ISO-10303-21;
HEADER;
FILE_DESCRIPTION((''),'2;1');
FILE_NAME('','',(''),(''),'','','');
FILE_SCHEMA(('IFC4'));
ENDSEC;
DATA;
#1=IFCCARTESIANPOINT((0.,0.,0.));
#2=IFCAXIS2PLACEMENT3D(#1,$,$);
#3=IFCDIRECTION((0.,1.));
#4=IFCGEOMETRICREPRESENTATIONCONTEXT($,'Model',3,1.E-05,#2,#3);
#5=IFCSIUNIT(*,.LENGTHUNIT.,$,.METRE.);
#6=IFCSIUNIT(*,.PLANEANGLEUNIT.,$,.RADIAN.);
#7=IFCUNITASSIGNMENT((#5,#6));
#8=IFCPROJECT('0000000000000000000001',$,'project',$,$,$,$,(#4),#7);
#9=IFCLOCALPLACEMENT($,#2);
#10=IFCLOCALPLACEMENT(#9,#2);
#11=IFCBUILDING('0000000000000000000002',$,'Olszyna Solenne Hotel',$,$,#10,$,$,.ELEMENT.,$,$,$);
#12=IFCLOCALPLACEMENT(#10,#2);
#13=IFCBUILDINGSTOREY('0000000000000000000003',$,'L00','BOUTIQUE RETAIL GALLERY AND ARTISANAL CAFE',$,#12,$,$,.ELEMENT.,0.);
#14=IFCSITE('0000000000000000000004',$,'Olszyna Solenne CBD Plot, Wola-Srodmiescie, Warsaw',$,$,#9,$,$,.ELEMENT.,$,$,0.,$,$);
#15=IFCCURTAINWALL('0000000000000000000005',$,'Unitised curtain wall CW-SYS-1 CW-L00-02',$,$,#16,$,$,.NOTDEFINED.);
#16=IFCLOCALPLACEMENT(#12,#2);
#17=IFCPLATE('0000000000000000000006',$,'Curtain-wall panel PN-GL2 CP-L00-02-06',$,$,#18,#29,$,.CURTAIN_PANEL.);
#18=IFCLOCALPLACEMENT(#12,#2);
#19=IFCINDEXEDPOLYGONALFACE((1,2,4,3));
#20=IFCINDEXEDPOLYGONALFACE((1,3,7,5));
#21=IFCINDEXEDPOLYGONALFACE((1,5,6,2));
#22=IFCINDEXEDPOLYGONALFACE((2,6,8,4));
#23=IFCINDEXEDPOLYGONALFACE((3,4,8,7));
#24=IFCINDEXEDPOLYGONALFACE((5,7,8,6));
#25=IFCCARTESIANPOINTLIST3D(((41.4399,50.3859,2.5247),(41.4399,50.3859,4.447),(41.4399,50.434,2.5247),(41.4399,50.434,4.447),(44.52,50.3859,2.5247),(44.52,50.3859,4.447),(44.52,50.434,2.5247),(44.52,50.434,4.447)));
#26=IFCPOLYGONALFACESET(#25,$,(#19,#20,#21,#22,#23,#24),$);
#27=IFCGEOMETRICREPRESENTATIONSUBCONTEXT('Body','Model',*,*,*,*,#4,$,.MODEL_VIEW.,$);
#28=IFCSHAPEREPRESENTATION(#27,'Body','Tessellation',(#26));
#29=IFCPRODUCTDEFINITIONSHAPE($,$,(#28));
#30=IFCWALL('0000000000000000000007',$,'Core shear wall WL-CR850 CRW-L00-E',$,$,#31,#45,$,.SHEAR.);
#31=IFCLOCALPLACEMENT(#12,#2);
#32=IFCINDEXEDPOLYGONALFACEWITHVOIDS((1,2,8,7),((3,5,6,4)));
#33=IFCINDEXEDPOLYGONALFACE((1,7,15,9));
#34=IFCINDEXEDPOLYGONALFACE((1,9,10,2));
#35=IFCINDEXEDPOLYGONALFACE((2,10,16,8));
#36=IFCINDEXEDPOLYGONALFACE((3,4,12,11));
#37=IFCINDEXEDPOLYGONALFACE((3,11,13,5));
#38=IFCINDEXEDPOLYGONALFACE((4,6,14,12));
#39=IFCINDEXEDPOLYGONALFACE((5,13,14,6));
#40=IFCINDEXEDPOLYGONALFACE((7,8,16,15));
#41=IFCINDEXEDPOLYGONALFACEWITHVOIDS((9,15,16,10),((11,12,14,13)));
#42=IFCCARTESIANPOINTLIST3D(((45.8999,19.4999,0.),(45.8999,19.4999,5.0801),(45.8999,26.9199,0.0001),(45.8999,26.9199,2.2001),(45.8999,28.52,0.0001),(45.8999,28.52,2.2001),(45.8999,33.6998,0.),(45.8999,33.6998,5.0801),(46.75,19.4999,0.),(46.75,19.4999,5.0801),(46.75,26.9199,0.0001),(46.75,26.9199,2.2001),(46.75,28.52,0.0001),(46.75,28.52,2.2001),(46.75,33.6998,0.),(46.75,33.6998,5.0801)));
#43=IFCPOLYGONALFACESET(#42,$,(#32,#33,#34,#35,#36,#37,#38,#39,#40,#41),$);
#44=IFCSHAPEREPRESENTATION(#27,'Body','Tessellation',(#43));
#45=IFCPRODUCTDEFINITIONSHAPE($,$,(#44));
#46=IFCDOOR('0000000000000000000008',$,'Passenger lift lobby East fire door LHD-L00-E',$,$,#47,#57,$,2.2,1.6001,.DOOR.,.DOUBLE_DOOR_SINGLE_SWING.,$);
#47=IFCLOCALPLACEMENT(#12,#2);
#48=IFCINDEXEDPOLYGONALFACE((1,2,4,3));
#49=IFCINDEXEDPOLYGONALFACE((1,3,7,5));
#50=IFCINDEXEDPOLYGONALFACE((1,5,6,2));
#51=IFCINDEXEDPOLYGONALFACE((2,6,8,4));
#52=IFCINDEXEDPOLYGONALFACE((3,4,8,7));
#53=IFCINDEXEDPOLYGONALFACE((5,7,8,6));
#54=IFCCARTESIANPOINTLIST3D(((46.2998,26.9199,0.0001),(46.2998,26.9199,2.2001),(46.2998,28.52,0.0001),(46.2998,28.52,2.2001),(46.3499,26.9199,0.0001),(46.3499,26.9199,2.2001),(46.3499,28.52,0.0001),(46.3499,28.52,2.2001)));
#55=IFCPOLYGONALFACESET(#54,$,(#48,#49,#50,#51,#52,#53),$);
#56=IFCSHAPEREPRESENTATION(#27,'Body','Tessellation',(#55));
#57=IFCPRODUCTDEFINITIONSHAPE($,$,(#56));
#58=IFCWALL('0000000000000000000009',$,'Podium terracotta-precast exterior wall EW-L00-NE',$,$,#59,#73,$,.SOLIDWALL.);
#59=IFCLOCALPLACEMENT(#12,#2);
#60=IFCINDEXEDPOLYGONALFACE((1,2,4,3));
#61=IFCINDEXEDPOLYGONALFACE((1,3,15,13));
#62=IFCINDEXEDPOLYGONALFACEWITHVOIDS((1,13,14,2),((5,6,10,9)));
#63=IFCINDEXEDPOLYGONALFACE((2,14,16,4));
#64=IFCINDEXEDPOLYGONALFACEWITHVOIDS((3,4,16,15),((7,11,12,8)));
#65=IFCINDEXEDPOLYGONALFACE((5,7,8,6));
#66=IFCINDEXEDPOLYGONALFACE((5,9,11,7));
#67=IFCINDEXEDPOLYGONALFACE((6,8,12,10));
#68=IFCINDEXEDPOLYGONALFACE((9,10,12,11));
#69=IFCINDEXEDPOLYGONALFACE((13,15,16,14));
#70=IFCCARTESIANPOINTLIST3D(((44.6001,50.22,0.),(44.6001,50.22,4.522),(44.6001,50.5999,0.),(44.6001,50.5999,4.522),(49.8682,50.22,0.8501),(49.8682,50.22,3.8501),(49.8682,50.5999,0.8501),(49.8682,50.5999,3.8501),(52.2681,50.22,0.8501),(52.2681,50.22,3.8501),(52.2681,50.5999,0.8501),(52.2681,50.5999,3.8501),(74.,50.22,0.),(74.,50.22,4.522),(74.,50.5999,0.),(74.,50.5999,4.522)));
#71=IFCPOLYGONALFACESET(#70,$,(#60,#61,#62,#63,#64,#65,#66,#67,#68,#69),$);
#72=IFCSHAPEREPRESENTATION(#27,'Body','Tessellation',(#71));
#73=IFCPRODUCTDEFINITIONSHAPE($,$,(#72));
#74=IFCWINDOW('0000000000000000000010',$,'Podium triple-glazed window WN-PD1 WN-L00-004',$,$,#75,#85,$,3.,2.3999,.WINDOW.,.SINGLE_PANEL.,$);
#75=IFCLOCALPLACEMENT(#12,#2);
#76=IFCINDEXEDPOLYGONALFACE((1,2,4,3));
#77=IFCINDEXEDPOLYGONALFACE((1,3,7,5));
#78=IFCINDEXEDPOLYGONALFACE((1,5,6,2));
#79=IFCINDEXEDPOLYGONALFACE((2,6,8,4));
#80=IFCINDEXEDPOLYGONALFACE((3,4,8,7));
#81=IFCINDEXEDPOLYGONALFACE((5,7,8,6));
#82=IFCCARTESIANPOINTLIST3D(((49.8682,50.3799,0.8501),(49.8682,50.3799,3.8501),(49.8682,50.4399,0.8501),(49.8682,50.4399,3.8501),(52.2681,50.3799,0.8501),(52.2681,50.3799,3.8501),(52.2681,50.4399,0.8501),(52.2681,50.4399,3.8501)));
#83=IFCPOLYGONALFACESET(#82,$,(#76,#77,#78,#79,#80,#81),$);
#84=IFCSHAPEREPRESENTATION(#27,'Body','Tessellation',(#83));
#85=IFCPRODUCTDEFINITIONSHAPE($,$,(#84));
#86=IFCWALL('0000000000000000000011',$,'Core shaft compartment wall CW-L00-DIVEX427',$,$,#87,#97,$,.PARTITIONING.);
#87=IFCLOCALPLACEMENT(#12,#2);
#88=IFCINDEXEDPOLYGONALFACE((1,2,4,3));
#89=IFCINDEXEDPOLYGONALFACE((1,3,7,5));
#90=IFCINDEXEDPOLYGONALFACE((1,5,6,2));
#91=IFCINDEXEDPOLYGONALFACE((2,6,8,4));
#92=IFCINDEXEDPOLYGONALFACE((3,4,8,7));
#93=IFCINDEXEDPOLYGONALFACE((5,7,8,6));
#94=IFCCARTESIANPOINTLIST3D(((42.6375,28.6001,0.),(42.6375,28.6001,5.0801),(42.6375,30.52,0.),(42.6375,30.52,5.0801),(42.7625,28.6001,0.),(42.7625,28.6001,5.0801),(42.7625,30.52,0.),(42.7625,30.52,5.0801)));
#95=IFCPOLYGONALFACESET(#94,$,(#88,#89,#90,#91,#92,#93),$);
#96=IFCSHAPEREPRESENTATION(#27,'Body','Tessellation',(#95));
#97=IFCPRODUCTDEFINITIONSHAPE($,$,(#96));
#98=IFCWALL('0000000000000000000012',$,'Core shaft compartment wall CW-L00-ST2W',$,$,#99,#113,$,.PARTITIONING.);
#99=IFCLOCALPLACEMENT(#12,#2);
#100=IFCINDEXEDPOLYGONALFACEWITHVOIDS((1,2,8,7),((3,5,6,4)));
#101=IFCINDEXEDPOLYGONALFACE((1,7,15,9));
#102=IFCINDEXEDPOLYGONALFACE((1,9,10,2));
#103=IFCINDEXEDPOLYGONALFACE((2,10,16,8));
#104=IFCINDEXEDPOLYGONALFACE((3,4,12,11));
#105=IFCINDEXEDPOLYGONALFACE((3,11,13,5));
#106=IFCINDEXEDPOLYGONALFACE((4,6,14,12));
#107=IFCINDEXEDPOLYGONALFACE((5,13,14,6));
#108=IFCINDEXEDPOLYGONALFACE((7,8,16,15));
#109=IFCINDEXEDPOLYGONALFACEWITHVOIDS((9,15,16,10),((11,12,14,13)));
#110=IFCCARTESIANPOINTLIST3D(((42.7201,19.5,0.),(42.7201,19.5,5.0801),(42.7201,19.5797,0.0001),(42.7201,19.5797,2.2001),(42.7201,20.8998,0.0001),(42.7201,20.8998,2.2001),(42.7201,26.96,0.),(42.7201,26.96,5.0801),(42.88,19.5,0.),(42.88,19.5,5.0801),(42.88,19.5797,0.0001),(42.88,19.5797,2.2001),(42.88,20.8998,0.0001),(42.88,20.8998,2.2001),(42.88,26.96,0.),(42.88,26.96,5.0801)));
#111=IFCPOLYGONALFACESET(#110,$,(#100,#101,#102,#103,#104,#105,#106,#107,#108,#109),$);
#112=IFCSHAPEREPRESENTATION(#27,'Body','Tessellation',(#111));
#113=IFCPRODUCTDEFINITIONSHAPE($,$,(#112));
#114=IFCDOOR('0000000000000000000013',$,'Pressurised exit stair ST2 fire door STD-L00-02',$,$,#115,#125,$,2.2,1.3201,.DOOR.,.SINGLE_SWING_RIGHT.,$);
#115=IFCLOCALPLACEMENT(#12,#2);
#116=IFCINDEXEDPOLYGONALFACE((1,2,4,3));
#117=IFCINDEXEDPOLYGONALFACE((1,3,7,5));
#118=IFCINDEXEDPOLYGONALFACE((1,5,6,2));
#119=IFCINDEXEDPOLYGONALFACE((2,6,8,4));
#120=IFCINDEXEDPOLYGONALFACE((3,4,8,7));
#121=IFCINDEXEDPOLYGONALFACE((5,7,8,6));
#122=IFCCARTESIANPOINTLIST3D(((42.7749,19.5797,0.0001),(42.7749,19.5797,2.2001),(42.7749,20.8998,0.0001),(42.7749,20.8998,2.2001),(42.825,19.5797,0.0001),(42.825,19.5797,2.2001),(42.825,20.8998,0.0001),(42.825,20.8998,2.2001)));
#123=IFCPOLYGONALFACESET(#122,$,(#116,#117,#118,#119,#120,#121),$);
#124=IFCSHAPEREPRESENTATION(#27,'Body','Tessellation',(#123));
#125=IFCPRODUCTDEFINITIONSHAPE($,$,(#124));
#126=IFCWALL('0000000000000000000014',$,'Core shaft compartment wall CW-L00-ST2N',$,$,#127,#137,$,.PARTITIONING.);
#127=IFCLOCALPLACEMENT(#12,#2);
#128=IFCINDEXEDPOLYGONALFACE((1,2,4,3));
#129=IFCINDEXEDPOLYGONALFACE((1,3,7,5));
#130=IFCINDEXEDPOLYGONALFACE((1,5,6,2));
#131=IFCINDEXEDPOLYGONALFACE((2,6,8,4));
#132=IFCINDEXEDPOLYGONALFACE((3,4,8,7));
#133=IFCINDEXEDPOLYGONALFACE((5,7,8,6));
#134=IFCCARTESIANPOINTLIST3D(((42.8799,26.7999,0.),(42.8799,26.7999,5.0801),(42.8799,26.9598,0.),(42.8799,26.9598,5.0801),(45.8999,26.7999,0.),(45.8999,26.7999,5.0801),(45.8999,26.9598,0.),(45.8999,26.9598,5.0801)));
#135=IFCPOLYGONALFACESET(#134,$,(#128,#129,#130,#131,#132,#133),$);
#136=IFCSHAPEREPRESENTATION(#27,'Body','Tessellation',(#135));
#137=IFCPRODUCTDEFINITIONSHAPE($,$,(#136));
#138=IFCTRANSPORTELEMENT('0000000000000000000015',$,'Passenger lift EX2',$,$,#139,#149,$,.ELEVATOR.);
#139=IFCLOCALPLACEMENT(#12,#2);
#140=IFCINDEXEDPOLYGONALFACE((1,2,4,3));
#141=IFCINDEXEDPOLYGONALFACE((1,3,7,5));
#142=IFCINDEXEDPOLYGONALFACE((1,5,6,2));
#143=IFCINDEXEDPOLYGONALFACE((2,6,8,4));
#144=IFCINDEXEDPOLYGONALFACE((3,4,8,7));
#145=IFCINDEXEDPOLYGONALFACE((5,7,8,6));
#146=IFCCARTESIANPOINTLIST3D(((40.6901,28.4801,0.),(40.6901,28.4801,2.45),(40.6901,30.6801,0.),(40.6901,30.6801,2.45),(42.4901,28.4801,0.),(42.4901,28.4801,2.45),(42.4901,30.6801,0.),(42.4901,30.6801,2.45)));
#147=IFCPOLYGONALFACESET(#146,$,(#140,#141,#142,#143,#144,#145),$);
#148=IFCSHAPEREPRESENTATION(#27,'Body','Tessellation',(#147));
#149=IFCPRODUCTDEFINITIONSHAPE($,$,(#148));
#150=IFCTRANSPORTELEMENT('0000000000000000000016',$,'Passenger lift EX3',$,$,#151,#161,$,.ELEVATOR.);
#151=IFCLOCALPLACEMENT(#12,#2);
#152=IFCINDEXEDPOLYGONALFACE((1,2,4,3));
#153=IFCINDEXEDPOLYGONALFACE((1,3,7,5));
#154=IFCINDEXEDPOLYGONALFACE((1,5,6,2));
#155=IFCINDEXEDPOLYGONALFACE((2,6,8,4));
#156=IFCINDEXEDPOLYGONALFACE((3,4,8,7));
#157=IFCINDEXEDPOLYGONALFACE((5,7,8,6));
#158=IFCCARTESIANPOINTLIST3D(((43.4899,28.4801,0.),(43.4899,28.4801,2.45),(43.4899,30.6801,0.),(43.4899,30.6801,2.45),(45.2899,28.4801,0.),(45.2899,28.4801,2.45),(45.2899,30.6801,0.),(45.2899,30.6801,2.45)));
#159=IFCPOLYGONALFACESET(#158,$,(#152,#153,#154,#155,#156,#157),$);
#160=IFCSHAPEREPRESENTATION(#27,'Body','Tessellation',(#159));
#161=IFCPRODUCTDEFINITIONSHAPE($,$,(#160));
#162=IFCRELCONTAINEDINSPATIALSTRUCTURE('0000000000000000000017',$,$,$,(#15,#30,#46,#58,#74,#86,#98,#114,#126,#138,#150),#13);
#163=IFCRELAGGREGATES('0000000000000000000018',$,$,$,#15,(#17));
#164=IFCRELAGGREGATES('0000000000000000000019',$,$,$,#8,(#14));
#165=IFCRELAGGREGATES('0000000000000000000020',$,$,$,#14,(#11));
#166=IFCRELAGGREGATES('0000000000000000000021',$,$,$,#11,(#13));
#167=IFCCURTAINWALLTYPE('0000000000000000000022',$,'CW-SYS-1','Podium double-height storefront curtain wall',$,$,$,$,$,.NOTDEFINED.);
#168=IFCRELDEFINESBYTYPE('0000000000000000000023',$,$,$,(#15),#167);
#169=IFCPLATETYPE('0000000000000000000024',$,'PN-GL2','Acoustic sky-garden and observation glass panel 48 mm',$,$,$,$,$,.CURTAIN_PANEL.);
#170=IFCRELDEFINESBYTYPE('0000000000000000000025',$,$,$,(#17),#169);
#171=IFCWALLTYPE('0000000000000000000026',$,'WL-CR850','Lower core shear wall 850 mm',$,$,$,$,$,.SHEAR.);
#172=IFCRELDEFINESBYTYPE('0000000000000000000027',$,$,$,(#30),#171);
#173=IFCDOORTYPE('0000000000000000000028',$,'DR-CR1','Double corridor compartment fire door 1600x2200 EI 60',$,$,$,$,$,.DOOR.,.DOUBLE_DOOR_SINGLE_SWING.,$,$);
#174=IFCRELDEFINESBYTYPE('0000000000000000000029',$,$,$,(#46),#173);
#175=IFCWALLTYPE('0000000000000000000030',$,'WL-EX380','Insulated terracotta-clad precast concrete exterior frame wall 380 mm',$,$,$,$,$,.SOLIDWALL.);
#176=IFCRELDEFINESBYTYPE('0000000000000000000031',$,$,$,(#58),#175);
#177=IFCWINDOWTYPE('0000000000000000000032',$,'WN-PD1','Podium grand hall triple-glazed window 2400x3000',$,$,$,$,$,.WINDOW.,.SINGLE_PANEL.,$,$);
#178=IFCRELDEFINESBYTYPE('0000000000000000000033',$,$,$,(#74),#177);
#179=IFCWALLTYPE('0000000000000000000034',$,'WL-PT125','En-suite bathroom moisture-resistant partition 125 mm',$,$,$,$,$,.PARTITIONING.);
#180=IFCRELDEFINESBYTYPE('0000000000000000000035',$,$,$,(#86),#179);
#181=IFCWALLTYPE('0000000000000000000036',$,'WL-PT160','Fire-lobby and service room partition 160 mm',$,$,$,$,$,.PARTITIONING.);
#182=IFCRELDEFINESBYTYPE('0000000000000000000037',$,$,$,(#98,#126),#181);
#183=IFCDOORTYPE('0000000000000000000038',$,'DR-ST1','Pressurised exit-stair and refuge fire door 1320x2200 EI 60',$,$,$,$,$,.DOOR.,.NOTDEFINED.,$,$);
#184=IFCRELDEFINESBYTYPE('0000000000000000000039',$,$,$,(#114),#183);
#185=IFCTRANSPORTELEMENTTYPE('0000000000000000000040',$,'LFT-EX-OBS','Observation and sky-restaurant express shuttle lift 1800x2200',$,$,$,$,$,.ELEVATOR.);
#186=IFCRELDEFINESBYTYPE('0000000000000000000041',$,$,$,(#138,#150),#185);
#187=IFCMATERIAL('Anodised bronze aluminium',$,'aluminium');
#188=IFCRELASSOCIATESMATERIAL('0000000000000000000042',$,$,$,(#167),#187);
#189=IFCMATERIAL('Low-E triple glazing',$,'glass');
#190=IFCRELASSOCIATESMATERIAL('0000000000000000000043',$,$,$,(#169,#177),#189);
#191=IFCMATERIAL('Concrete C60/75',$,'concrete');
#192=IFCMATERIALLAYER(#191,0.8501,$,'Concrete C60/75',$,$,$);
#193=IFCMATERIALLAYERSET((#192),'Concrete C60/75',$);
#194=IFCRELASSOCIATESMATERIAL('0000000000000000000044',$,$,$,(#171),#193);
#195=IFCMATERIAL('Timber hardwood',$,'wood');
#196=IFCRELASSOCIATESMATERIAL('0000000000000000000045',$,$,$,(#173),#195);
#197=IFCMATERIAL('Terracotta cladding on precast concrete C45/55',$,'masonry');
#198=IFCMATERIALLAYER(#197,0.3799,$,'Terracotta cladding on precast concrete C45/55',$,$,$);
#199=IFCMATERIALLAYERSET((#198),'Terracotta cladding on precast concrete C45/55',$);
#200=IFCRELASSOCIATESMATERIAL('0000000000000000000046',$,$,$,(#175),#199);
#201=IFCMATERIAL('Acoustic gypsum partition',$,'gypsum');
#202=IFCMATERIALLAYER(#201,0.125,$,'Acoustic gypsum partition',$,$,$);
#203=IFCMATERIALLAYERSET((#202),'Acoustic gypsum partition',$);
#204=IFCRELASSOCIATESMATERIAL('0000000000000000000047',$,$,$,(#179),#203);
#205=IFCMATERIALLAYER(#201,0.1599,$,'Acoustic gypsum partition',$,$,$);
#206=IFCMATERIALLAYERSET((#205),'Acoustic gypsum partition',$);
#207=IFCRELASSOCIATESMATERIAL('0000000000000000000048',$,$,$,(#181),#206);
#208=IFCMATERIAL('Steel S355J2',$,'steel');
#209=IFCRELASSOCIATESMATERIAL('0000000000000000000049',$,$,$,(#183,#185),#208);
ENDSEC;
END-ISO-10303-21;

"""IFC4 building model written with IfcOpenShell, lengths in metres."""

from ifc_helpers import new_model, si_unit, direction, frame, frame_2d, origin, origin_2d, place, context, subcontext, project, spatial, rectangle, extrude, source, transform, mapped, material, layer, layer_set, type_object, type_shapes, element, fill, aggregate, save


model = new_model("IFC4")

# Units and contexts
model_context = context("Model", 3, precision=1e-05, world=origin(), true_north=direction((0.0, 1.0)))
body_context = subcontext(model_context, "Body", "Model", "MODEL_VIEW")
ifc_project = project(units=[si_unit("LENGTHUNIT", "METRE"), si_unit("PLANEANGLEUNIT", "RADIAN")], contexts=[model_context])

# Site, building, storey
site_placement = place(None, origin())
site = spatial("IfcSite", under=ifc_project, at=site_placement, Name="Olszyna Solenne CBD Plot, Wola-Srodmiescie, Warsaw", CompositionType="ELEMENT", RefElevation=0.0)
building_placement = place(site_placement, origin())
building = spatial("IfcBuilding", under=site, at=building_placement, Name="Olszyna Solenne Hotel", CompositionType="ELEMENT")
storey_placement = place(building_placement, origin())
storey = spatial("IfcBuildingStorey", under=building, at=storey_placement, Name="L00", Description="BOUTIQUE RETAIL GALLERY AND ARTISANAL CAFE", CompositionType="ELEMENT", Elevation=0.0)

# Shared definitions
ifc_material_1 = material(Name="Steel S355J2", Category="steel")

# Curtain wall, plate
ifc_material_2 = material(Name="Anodised bronze aluminium", Category="aluminium")
curtain_wall_type = type_object("IfcCurtainWallType", Name="CW-SYS-1", Description="Podium double-height storefront curtain wall", PredefinedType="NOTDEFINED", material=ifc_material_2)
curtain_wall_placement = place(storey_placement, origin())
curtain_wall = element("IfcCurtainWall", 1, at=curtain_wall_placement, inside=storey, type_object=curtain_wall_type, Name="Unitised curtain wall CW-SYS-1 CW-L00-02", PredefinedType="NOTDEFINED")
ifc_material_3 = material(Name="Low-E triple glazing", Category="glass")
plate_type_1 = type_object("IfcPlateType", Name="PN-GL2", Description="Acoustic sky-garden and observation glass panel 48 mm", PredefinedType="CURTAIN_PANEL", material=ifc_material_3)
shared_shape_1 = source(origin(), body_context, "Body", "SweptSolid", [
    extrude(rectangle(XDim=3.0801, YDim=0.0481, at=origin_2d()), origin(), (0.0, 0.0, 1.0), 1.9224),
])
plate_1_placement = place(storey_placement, frame((42.98, 50.4099, 2.5247), z_axis=(0.0, 0.0, 1.0), x_axis=(1.0, 0.0, 0.0)))
plate_1 = element("IfcPlate", 2, at=plate_1_placement, type_object=plate_type_1, Name="Curtain-wall panel PN-GL2 CP-L00-02-06", PredefinedType="CURTAIN_PANEL", context=body_context, shape_type="MappedRepresentation", body=[
    mapped(shared_shape_1, transform((0.0, 0.0, 0.0), x_axis=(1.0, 0.0, 0.0), y_axis=(0.0, 1.0, 0.0), z_axis=(0.0, 0.0, 1.0), scale=1.0)),
])
aggregate(curtain_wall, [plate_1])

# Wall, opening, door
ifc_material_4 = material(Name="Concrete C60/75", Category="concrete")
ifc_layer_1 = layer(ifc_material_4, 0.8501, Name="Concrete C60/75")
ifc_layer_set_1 = layer_set([ifc_layer_1], Name="Concrete C60/75")
wall_type_1 = type_object("IfcWallType", Name="WL-CR850", Description="Lower core shear wall 850 mm", PredefinedType="SHEAR", material=ifc_layer_set_1)
wall_1_placement = place(storey_placement, frame((46.325, 33.7, 0.0), z_axis=(0.0, 0.0, 1.0), x_axis=(0.0, -1.0, 0.0)))
wall_1 = element("IfcWall", 3, at=wall_1_placement, inside=storey, type_object=wall_type_1, Name="Core shear wall WL-CR850 CRW-L00-E", PredefinedType="SHEAR", context=body_context, shape_type="SweptSolid", body=[
    extrude(rectangle(XDim=14.2, YDim=0.8501, at=frame_2d((7.1001, 0.0))), origin(), (0.0, 0.0, 1.0), 5.0801),
])
opening_1_placement = place(wall_1_placement, frame((5.1799, 0.0, 0.0)))
opening_1 = element("IfcOpeningElement", 4, at=opening_1_placement, cuts=wall_1, PredefinedType="OPENING", context=body_context, shape_type="SweptSolid", body=[
    extrude(rectangle(XDim=1.6001, YDim=2.2, at=frame_2d((0.8, 1.1001))), frame((0.0, 0.4351, 0.0), z_axis=(0.0, -1.0, 0.0), x_axis=(1.0, 0.0, 0.0)), (0.0, 0.0, 1.0), 0.8701),
])
ifc_material_5 = material(Name="Timber hardwood", Category="wood")
door_type_1 = type_object("IfcDoorType", Name="DR-CR1", Description="Double corridor compartment fire door 1600x2200 EI 60", OperationType="DOUBLE_DOOR_SINGLE_SWING", PredefinedType="DOOR", material=ifc_material_5)
shared_shape_2 = source(origin(), body_context, "Body", "SweptSolid", [
    extrude(rectangle(XDim=1.6001, YDim=2.2, at=frame_2d((0.8, 1.1001))), frame((0.0, 0.0249, 0.0), z_axis=(0.0, -1.0, 0.0), x_axis=(1.0, 0.0, 0.0)), (0.0, 0.0, 1.0), 0.05),
])
type_shapes(door_type_1, [shared_shape_2])
door_1_placement = place(opening_1_placement, origin())
door_1 = element("IfcDoor", 5, at=door_1_placement, inside=storey, type_object=door_type_1, Name="Passenger lift lobby East fire door LHD-L00-E", OperationType="DOUBLE_DOOR_SINGLE_SWING", OverallHeight=2.2, OverallWidth=1.6001, PredefinedType="DOOR", context=body_context, shape_type="MappedRepresentation", body=[
    mapped(shared_shape_2, transform((0.0, 0.0, 0.0), x_axis=(1.0, 0.0, 0.0), y_axis=(0.0, 1.0, 0.0), z_axis=(0.0, 0.0, 1.0), scale=1.0)),
])
fill(opening_1, door_1)

# Wall, opening, window
ifc_material_6 = material(Name="Terracotta cladding on precast concrete C45/55", Category="masonry")
ifc_layer_2 = layer(ifc_material_6, 0.3799, Name="Terracotta cladding on precast concrete C45/55")
ifc_layer_set_2 = layer_set([ifc_layer_2], Name="Terracotta cladding on precast concrete C45/55")
wall_type_2 = type_object("IfcWallType", Name="WL-EX380", Description="Insulated terracotta-clad precast concrete exterior frame wall 380 mm", PredefinedType="SOLIDWALL", material=ifc_layer_set_2)
wall_2_placement = place(storey_placement, frame((44.6001, 50.4099, 0.0), z_axis=(0.0, 0.0, 1.0), x_axis=(1.0, 0.0, 0.0)))
wall_2 = element("IfcWall", 6, at=wall_2_placement, inside=storey, type_object=wall_type_2, Name="Podium terracotta-precast exterior wall EW-L00-NE", PredefinedType="SOLIDWALL", context=body_context, shape_type="SweptSolid", body=[
    extrude(rectangle(XDim=29.3999, YDim=0.3799, at=frame_2d((14.7, 0.0))), origin(), (0.0, 0.0, 1.0), 4.522),
])
opening_2_placement = place(wall_2_placement, frame((5.2681, 0.0, 0.8501)))
opening_2 = element("IfcOpeningElement", 7, at=opening_2_placement, cuts=wall_2, PredefinedType="OPENING", context=body_context, shape_type="SweptSolid", body=[
    extrude(rectangle(XDim=2.3999, YDim=3.0, at=frame_2d((1.2, 1.5))), frame((0.0, 0.2, 0.0), z_axis=(0.0, -1.0, 0.0), x_axis=(1.0, 0.0, 0.0)), (0.0, 0.0, 1.0), 0.3999),
])
window_type = type_object("IfcWindowType", Name="WN-PD1", Description="Podium grand hall triple-glazed window 2400x3000", PartitioningType="SINGLE_PANEL", PredefinedType="WINDOW", material=ifc_material_3)
shared_shape_3 = source(origin(), body_context, "Body", "SweptSolid", [
    extrude(rectangle(XDim=2.3999, YDim=3.0, at=frame_2d((1.2, 1.5))), frame((0.0, 0.03, 0.0), z_axis=(0.0, -1.0, 0.0), x_axis=(1.0, 0.0, 0.0)), (0.0, 0.0, 1.0), 0.0601),
])
type_shapes(window_type, [shared_shape_3])
window_placement = place(opening_2_placement, origin())
window = element("IfcWindow", 8, at=window_placement, inside=storey, type_object=window_type, Name="Podium triple-glazed window WN-PD1 WN-L00-004", OverallHeight=3.0, OverallWidth=2.3999, PartitioningType="SINGLE_PANEL", PredefinedType="WINDOW", context=body_context, shape_type="MappedRepresentation", body=[
    mapped(shared_shape_3, transform((0.0, 0.0, 0.0), x_axis=(1.0, 0.0, 0.0), y_axis=(0.0, 1.0, 0.0), z_axis=(0.0, 0.0, 1.0), scale=1.0)),
])
fill(opening_2, window)

# Wall
ifc_material_7 = material(Name="Acoustic gypsum partition", Category="gypsum")
ifc_layer_3 = layer(ifc_material_7, 0.125, Name="Acoustic gypsum partition")
ifc_layer_set_3 = layer_set([ifc_layer_3], Name="Acoustic gypsum partition")
wall_type_3 = type_object("IfcWallType", Name="WL-PT125", Description="En-suite bathroom moisture-resistant partition 125 mm", PredefinedType="PARTITIONING", material=ifc_layer_set_3)
wall_3_placement = place(storey_placement, frame((42.7, 28.6001, 0.0), z_axis=(0.0, 0.0, 1.0), x_axis=(0.0, 1.0, 0.0)))
element("IfcWall", 9, at=wall_3_placement, inside=storey, type_object=wall_type_3, Name="Core shaft compartment wall CW-L00-DIVEX427", PredefinedType="PARTITIONING", context=body_context, shape_type="SweptSolid", body=[
    extrude(rectangle(XDim=1.9199, YDim=0.125, at=frame_2d((0.96, 0.0))), origin(), (0.0, 0.0, 1.0), 5.0801),
])

# Wall, opening, door
ifc_layer_4 = layer(ifc_material_7, 0.1599, Name="Acoustic gypsum partition")
ifc_layer_set_4 = layer_set([ifc_layer_4], Name="Acoustic gypsum partition")
wall_type_4 = type_object("IfcWallType", Name="WL-PT160", Description="Fire-lobby and service room partition 160 mm", PredefinedType="PARTITIONING", material=ifc_layer_set_4)
wall_4_placement = place(storey_placement, frame((42.8, 26.96, 0.0), z_axis=(0.0, 0.0, 1.0), x_axis=(0.0, -1.0, 0.0)))
wall_4 = element("IfcWall", 10, at=wall_4_placement, inside=storey, type_object=wall_type_4, Name="Core shaft compartment wall CW-L00-ST2W", PredefinedType="PARTITIONING", context=body_context, shape_type="SweptSolid", body=[
    extrude(rectangle(XDim=7.46, YDim=0.1599, at=frame_2d((3.73, 0.0))), origin(), (0.0, 0.0, 1.0), 5.0801),
])
opening_3_placement = place(wall_4_placement, frame((6.0601, 0.0, 0.0)))
opening_3 = element("IfcOpeningElement", 11, at=opening_3_placement, cuts=wall_4, PredefinedType="OPENING", context=body_context, shape_type="SweptSolid", body=[
    extrude(rectangle(XDim=1.3201, YDim=2.2, at=frame_2d((0.6602, 1.1001))), frame((0.0, 0.0898, 0.0), z_axis=(0.0, -1.0, 0.0), x_axis=(1.0, 0.0, 0.0)), (0.0, 0.0, 1.0), 0.1799),
])
door_type_2 = type_object("IfcDoorType", Name="DR-ST1", Description="Pressurised exit-stair and refuge fire door 1320x2200 EI 60", OperationType="NOTDEFINED", PredefinedType="DOOR", material=ifc_material_1)
shared_shape_4 = source(origin(), body_context, "Body", "SweptSolid", [
    extrude(rectangle(XDim=1.3201, YDim=2.2, at=frame_2d((0.6602, 1.1001))), frame((0.0, 0.0249, 0.0), z_axis=(0.0, -1.0, 0.0), x_axis=(1.0, 0.0, 0.0)), (0.0, 0.0, 1.0), 0.05),
])
type_shapes(door_type_2, [shared_shape_4])
door_2_placement = place(opening_3_placement, origin())
door_2 = element("IfcDoor", 12, at=door_2_placement, inside=storey, type_object=door_type_2, Name="Pressurised exit stair ST2 fire door STD-L00-02", OperationType="SINGLE_SWING_RIGHT", OverallHeight=2.2, OverallWidth=1.3201, PredefinedType="DOOR", context=body_context, shape_type="MappedRepresentation", body=[
    mapped(shared_shape_4, transform((0.0, 0.0, 0.0), x_axis=(1.0, 0.0, 0.0), y_axis=(0.0, 1.0, 0.0), z_axis=(0.0, 0.0, 1.0), scale=1.0)),
])
fill(opening_3, door_2)

# Wall
wall_5_placement = place(storey_placement, frame((42.8799, 26.8799, 0.0), z_axis=(0.0, 0.0, 1.0), x_axis=(1.0, 0.0, 0.0)))
element("IfcWall", 13, at=wall_5_placement, inside=storey, type_object=wall_type_4, Name="Core shaft compartment wall CW-L00-ST2N", PredefinedType="PARTITIONING", context=body_context, shape_type="SweptSolid", body=[
    extrude(rectangle(XDim=3.02, YDim=0.1599, at=frame_2d((1.51, 0.0))), origin(), (0.0, 0.0, 1.0), 5.0801),
])

# Transport elements
transport_element_type = type_object("IfcTransportElementType", Name="LFT-EX-OBS", Description="Observation and sky-restaurant express shuttle lift 1800x2200", PredefinedType="ELEVATOR", material=ifc_material_1)
shared_shape_5 = source(origin(), body_context, "Body", "SweptSolid", [
    extrude(rectangle(XDim=1.8, YDim=2.2, at=origin_2d()), origin(), (0.0, 0.0, 1.0), 2.45),
])
for number, where, z_axis, x_axis, name in (
    (14, (41.5901, 29.5801, 0.0), (0.0, 0.0, 1.0), (1.0, 0.0, 0.0), "Passenger lift EX2"),
    (15, (44.3899, 29.5801, 0.0), (0.0, 0.0, 1.0), (1.0, 0.0, 0.0), "Passenger lift EX3"),
):
    element("IfcTransportElement", number, at=place(storey_placement, frame(where, z_axis=z_axis, x_axis=x_axis)), inside=storey, type_object=transport_element_type, Name=name, PredefinedType="ELEVATOR", context=body_context, shape_type="MappedRepresentation", body=[
        mapped(shared_shape_5, transform((0.0, 0.0, 0.0), x_axis=(1.0, 0.0, 0.0), y_axis=(0.0, 1.0, 0.0), z_axis=(0.0, 0.0, 1.0), scale=1.0)),
    ])

save(model, "model.ifc")
